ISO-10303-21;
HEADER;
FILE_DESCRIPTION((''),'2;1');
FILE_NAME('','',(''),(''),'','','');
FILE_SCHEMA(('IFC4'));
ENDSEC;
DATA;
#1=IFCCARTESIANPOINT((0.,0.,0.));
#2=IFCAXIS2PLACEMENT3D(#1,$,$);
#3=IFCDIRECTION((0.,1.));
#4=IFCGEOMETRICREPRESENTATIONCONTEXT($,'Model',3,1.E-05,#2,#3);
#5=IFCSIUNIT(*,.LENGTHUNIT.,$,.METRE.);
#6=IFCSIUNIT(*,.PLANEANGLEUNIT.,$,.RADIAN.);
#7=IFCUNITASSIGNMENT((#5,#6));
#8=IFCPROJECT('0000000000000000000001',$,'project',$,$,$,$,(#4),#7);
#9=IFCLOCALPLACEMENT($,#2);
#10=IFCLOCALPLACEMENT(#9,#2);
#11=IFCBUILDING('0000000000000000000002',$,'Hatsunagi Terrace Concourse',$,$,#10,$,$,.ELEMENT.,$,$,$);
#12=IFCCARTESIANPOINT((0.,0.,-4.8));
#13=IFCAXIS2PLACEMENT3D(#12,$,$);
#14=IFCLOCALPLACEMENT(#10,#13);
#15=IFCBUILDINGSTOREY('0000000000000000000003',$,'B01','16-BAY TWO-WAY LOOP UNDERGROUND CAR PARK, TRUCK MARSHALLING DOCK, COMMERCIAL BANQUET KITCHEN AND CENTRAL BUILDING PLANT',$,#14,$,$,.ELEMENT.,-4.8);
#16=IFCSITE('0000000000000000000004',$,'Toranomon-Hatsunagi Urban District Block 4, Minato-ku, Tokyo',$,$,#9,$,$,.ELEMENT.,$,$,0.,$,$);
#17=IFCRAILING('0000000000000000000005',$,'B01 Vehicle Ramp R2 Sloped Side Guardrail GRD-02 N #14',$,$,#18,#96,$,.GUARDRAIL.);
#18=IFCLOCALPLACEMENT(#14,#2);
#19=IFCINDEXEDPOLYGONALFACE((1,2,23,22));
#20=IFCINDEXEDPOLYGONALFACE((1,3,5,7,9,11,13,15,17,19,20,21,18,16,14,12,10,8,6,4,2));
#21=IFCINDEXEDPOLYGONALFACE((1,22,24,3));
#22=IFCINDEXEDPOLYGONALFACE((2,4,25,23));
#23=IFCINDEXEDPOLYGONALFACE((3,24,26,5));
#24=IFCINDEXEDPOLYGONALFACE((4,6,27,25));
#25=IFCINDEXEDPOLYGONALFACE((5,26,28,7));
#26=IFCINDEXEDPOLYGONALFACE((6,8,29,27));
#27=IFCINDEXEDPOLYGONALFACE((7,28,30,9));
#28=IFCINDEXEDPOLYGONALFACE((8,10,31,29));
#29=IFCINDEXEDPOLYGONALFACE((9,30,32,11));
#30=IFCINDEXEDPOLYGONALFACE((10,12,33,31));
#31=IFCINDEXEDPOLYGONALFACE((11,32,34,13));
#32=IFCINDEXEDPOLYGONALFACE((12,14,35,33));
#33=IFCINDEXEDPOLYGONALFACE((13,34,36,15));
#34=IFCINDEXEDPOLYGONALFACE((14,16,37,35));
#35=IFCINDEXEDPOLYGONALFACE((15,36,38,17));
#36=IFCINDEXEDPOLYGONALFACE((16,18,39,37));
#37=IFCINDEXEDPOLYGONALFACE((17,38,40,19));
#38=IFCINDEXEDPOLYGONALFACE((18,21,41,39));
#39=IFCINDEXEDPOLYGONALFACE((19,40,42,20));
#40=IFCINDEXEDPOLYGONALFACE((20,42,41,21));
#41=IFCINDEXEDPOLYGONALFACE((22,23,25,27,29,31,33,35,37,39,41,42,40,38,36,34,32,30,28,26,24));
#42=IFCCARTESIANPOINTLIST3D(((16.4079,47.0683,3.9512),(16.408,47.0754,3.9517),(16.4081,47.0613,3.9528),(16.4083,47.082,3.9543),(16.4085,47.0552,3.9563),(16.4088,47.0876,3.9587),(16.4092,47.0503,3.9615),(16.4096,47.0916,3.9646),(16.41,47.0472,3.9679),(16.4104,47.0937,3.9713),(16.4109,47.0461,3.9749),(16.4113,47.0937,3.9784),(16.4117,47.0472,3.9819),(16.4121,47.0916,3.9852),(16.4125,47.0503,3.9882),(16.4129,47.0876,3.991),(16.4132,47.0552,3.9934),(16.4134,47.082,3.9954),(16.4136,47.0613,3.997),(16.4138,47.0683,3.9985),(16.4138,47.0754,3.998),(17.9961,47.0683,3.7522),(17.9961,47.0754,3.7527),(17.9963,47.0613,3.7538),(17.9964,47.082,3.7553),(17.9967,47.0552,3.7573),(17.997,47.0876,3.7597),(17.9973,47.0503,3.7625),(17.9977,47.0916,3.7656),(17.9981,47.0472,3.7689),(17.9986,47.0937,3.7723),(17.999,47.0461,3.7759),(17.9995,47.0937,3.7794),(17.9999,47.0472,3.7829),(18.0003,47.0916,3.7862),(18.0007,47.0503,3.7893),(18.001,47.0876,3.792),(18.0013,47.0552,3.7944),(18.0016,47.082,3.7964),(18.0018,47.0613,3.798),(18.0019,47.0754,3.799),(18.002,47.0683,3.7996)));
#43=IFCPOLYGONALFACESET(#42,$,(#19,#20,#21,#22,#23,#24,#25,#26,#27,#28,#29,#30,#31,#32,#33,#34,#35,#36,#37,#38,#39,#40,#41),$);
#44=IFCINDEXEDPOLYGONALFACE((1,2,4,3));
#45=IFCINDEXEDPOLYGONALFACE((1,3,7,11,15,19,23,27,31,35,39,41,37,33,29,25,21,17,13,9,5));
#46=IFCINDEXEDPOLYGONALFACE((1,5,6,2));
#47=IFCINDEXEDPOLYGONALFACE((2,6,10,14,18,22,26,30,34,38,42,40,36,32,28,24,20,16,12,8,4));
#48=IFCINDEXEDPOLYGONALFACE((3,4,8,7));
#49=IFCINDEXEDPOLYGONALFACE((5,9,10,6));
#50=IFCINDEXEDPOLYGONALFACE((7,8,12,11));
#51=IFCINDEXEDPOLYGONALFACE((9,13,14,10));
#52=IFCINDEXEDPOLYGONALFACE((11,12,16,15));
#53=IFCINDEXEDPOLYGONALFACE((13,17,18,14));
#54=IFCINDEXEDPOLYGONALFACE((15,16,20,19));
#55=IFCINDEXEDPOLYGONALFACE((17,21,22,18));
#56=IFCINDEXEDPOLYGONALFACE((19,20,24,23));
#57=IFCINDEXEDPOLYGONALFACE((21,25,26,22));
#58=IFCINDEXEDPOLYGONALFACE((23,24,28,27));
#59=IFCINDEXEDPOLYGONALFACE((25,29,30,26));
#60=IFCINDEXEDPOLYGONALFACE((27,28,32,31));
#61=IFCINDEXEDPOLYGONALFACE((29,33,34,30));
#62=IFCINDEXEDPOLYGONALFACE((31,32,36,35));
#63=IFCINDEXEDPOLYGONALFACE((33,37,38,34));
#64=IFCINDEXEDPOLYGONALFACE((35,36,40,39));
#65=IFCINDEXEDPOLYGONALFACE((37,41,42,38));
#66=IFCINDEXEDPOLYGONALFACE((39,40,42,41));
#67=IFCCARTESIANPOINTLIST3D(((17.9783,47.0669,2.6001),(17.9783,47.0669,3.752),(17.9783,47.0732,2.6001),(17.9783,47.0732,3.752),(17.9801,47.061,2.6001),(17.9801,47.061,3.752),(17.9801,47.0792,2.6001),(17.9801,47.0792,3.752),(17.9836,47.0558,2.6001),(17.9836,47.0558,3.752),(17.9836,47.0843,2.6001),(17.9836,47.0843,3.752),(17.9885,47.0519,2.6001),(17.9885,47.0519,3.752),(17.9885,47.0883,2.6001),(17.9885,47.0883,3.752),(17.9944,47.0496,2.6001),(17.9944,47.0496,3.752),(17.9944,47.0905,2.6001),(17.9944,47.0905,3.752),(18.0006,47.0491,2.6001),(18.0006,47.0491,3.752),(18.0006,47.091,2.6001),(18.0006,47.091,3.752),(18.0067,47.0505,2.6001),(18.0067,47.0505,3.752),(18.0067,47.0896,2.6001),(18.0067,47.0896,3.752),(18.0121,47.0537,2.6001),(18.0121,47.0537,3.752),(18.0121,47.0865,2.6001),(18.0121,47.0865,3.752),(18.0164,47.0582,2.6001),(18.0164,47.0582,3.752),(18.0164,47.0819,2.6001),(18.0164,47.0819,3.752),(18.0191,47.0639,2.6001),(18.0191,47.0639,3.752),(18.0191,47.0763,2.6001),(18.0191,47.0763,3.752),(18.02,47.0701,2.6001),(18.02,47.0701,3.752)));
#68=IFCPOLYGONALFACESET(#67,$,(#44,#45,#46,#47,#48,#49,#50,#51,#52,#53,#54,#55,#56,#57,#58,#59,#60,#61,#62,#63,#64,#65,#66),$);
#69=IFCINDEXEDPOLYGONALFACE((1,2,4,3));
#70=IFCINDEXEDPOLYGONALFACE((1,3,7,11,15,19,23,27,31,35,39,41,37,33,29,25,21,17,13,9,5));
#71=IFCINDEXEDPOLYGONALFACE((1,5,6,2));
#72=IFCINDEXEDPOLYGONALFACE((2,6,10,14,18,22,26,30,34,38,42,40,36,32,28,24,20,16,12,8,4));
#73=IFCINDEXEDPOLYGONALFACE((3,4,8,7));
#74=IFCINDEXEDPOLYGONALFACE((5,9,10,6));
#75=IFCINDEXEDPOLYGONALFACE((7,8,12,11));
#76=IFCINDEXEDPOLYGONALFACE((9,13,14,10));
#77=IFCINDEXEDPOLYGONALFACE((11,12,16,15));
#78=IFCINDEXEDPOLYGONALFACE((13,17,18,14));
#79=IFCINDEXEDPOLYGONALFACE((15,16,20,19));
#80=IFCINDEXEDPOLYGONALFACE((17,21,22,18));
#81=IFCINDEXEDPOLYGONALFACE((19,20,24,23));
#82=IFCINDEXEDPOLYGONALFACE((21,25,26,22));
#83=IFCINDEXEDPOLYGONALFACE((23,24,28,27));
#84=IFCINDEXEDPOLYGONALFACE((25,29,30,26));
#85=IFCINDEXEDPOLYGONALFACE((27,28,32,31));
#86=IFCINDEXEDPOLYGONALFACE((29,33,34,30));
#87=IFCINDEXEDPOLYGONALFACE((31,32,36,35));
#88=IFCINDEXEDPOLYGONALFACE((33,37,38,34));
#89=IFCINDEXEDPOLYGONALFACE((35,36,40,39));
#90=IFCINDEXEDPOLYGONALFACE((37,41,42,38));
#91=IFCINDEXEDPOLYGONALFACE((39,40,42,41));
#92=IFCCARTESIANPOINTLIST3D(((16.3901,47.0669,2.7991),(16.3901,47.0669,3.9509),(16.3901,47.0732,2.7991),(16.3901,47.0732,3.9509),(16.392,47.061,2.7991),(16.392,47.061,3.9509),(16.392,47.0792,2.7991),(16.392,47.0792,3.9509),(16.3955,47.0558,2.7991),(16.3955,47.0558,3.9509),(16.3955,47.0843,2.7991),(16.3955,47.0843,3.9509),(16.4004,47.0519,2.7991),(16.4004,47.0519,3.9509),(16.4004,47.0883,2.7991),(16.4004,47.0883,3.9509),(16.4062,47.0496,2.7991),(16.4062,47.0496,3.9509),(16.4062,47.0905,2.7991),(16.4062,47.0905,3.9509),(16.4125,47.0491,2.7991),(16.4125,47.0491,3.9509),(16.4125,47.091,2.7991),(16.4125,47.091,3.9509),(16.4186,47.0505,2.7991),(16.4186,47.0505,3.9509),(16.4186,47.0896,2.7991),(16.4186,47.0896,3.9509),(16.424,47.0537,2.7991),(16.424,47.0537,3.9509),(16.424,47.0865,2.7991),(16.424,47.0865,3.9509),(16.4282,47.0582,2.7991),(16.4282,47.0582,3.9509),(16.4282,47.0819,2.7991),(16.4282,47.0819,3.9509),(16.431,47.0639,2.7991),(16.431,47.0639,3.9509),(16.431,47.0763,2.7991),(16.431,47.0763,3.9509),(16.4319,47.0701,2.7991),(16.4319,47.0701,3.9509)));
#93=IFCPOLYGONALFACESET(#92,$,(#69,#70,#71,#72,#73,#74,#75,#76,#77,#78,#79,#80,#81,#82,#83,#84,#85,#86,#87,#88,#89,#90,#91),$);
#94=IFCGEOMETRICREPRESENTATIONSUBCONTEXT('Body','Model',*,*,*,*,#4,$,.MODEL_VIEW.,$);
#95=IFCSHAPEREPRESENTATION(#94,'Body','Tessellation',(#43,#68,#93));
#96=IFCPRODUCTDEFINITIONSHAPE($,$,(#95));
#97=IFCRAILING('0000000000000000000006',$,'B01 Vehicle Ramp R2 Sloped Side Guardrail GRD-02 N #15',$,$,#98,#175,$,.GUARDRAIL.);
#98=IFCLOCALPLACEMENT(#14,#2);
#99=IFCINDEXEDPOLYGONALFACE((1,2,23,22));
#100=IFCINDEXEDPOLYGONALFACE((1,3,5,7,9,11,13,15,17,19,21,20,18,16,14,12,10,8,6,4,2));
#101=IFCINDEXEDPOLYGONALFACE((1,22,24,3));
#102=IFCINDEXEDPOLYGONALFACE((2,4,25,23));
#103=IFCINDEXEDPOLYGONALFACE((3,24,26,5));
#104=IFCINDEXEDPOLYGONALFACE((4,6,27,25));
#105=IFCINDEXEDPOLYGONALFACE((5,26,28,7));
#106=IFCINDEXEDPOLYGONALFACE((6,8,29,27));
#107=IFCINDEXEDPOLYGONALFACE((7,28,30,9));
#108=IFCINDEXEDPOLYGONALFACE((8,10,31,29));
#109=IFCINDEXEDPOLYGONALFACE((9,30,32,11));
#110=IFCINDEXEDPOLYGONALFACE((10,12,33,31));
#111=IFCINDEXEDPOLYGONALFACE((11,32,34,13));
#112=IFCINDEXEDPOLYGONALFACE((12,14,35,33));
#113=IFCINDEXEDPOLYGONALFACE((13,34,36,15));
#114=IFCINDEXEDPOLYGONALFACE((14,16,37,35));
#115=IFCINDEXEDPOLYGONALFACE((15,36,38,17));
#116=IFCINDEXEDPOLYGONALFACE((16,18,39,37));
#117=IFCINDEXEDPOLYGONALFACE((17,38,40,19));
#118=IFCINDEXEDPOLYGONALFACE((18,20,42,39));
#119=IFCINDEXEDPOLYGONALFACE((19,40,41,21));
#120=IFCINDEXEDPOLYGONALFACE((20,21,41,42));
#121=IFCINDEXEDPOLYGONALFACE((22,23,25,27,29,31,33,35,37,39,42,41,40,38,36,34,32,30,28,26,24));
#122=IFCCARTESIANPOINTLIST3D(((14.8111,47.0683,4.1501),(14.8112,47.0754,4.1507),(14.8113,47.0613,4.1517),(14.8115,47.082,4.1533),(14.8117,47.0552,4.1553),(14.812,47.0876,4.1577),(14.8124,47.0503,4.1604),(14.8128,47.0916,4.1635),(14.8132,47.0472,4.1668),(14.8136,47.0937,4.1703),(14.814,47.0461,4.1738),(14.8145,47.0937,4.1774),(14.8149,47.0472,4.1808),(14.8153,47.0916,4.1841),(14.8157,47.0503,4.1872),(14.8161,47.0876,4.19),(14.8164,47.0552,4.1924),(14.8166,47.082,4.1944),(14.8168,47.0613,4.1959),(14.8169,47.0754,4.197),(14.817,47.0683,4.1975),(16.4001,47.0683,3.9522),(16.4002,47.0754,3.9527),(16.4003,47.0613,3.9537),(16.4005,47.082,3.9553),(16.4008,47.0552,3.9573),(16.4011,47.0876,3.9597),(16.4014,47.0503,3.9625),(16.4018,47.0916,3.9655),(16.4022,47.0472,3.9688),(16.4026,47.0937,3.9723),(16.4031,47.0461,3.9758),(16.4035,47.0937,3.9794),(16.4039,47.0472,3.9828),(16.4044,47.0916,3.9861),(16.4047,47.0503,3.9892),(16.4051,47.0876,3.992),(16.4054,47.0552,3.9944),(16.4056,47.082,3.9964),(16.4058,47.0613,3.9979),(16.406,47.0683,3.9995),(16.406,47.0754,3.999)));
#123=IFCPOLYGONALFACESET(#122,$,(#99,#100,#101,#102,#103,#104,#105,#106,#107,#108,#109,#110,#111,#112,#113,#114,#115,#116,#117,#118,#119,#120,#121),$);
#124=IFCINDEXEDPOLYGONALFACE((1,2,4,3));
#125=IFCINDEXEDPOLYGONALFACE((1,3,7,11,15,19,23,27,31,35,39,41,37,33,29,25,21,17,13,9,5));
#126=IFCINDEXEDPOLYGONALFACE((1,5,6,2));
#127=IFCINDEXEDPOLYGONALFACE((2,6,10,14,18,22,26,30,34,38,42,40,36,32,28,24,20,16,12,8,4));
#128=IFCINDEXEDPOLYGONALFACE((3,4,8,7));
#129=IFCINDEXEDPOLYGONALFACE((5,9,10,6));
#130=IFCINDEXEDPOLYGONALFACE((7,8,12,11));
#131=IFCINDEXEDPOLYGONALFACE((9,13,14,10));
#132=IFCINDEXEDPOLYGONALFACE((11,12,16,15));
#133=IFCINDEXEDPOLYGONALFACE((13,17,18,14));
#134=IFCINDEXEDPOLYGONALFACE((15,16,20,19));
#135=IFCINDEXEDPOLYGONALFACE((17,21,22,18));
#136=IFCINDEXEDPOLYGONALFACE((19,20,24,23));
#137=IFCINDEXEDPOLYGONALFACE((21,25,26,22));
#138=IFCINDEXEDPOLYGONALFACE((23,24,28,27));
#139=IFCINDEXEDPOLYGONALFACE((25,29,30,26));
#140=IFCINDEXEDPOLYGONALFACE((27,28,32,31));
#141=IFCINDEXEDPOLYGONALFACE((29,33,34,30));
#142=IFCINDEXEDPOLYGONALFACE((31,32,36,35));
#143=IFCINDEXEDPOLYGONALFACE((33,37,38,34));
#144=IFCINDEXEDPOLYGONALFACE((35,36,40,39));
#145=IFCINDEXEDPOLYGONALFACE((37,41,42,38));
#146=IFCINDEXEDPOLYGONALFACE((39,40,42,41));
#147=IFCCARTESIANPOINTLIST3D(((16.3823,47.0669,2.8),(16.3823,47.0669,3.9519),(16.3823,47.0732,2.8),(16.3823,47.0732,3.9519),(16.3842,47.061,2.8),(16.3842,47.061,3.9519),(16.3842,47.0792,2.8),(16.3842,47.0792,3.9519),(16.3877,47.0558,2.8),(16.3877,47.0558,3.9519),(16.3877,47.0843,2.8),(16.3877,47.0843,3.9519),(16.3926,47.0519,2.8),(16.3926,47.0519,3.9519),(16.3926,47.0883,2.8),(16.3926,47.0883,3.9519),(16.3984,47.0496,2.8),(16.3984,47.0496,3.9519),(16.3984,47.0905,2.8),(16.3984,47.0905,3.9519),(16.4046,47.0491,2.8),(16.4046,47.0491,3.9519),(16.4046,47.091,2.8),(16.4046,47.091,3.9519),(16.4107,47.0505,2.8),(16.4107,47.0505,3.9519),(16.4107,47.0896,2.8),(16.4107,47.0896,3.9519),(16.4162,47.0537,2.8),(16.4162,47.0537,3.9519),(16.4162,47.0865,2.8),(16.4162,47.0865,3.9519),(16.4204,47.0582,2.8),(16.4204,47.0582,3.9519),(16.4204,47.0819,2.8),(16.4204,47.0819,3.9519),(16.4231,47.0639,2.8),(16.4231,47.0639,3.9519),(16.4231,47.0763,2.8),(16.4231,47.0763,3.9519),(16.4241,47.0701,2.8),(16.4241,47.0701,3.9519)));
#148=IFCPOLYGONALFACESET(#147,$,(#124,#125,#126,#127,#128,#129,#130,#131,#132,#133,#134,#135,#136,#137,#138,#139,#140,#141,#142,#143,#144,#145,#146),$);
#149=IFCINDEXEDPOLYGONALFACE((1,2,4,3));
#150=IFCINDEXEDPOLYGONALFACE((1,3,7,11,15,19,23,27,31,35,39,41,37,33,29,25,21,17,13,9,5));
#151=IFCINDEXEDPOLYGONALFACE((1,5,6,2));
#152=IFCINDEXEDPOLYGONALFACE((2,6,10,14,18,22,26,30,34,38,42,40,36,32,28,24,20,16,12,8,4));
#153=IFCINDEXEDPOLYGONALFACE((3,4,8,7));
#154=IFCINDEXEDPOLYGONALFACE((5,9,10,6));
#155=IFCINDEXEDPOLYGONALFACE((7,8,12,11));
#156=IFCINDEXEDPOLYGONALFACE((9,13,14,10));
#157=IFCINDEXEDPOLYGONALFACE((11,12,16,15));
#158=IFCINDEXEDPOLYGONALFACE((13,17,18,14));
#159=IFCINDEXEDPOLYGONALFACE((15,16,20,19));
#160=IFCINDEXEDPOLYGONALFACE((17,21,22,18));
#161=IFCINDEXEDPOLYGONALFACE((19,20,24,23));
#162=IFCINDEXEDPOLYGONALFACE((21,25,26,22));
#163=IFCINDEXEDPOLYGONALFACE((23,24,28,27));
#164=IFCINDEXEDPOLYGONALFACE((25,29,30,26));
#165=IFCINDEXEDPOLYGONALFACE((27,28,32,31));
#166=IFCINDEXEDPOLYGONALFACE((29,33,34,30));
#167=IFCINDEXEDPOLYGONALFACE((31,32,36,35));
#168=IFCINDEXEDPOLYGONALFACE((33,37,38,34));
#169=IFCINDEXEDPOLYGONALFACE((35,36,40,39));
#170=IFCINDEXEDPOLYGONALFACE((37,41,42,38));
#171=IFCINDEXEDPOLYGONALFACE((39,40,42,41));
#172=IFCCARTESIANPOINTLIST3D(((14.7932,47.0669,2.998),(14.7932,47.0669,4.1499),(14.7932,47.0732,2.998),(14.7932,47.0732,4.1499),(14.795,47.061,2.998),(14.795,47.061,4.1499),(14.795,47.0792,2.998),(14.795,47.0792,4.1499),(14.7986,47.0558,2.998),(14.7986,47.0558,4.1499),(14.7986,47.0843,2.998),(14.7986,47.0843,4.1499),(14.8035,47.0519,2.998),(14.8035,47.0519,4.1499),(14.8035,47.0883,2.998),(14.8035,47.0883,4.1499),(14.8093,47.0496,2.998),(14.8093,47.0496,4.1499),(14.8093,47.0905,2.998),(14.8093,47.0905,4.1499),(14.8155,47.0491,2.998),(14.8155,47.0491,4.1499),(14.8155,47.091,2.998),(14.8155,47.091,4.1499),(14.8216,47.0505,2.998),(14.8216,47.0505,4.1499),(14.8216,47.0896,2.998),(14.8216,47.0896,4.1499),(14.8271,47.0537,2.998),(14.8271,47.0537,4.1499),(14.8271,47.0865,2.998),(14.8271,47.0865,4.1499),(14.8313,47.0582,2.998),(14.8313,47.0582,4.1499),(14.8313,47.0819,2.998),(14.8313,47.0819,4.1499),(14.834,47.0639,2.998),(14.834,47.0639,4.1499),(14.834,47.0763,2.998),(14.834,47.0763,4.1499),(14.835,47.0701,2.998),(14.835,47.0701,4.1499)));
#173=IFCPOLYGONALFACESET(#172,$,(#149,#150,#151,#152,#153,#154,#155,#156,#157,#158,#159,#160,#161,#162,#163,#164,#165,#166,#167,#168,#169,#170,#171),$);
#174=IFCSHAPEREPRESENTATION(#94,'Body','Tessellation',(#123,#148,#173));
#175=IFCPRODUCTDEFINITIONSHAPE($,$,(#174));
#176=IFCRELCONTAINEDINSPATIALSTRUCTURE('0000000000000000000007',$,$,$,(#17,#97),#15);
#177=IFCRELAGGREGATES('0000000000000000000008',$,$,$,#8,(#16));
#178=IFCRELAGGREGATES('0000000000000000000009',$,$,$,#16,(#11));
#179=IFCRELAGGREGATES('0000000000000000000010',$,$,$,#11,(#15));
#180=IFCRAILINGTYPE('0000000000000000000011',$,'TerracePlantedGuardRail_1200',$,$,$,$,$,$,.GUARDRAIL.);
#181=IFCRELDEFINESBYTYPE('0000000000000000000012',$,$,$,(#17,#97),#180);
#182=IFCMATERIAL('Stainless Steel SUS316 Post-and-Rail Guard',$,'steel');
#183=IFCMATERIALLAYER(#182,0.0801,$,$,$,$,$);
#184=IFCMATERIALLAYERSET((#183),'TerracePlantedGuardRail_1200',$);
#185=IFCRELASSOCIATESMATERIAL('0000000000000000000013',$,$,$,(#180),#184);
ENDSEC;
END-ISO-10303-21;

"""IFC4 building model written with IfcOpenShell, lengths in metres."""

from ifc_helpers import new_model, si_unit, direction, frame, origin, origin_2d, place, context, subcontext, project, spatial, circle, extrude, material, layer, layer_set, type_object, element, save


model = new_model("IFC4")

# Units and contexts
model_context = context("Model", 3, precision=1e-05, world=origin(), true_north=direction((0.0, 1.0)))
body_context = subcontext(model_context, "Body", "Model", "MODEL_VIEW")
ifc_project = project(units=[si_unit("LENGTHUNIT", "METRE"), si_unit("PLANEANGLEUNIT", "RADIAN")], contexts=[model_context])

# Site, building, storey
site_placement = place(None, origin())
site = spatial("IfcSite", under=ifc_project, at=site_placement, Name="Toranomon-Hatsunagi Urban District Block 4, Minato-ku, Tokyo", CompositionType="ELEMENT", RefElevation=0.0)
building_placement = place(site_placement, origin())
building = spatial("IfcBuilding", under=site, at=building_placement, Name="Hatsunagi Terrace Concourse", CompositionType="ELEMENT")
storey_placement = place(building_placement, frame((0.0, 0.0, -4.8)))
storey = spatial("IfcBuildingStorey", under=building, at=storey_placement, Name="B01", Description="16-BAY TWO-WAY LOOP UNDERGROUND CAR PARK, TRUCK MARSHALLING DOCK, COMMERCIAL BANQUET KITCHEN AND CENTRAL BUILDING PLANT", CompositionType="ELEMENT", Elevation=-4.8)

# Railings
ifc_material_1 = material(Name="Stainless Steel SUS316 Post-and-Rail Guard", Category="steel")
ifc_layer_1 = layer(ifc_material_1, 0.0801)
ifc_layer_set_1 = layer_set([ifc_layer_1], Name="TerracePlantedGuardRail_1200")
railing_type = type_object("IfcRailingType", Name="TerracePlantedGuardRail_1200", PredefinedType="GUARDRAIL", material=ifc_layer_set_1)
railing_1_placement = place(storey_placement, frame((17.999, 47.0701, 2.6001)))
element("IfcRailing", 1, at=railing_1_placement, inside=storey, type_object=railing_type, Name="B01 Vehicle Ramp R2 Sloped Side Guardrail GRD-02 N #14", PredefinedType="GUARDRAIL", context=body_context, shape_type="SweptSolid", body=[
    extrude(circle(Radius=0.0239, at=origin_2d()), frame((0.0, 0.0, 1.1758), z_axis=(-0.992243, 0.0, 0.124316), x_axis=(0.0, -1.0, 0.0)), (0.0, 0.0, 1.0), 1.6006),
    extrude(circle(Radius=0.021, at=origin_2d()), origin(), (0.0, 0.0, 1.0), 1.1519),
    extrude(circle(Radius=0.021, at=origin_2d()), frame((-1.5881, 0.0, 0.199)), (0.0, 0.0, 1.0), 1.1519),
])
railing_2_placement = place(storey_placement, frame((16.4031, 47.0701, 2.8)))
element("IfcRailing", 2, at=railing_2_placement, inside=storey, type_object=railing_type, Name="B01 Vehicle Ramp R2 Sloped Side Guardrail GRD-02 N #15", PredefinedType="GUARDRAIL", context=body_context, shape_type="SweptSolid", body=[
    extrude(circle(Radius=0.0239, at=origin_2d()), frame((0.0, 0.0, 1.1758), z_axis=(-0.992327, 0.0, 0.123641), x_axis=(0.0, -1.0, 0.0)), (0.0, 0.0, 1.0), 1.6013),
    extrude(circle(Radius=0.021, at=origin_2d()), origin(), (0.0, 0.0, 1.0), 1.1519),
    extrude(circle(Radius=0.021, at=origin_2d()), frame((-1.5891, 0.0, 0.198)), (0.0, 0.0, 1.0), 1.1519),
])

save(model, "model.ifc")
